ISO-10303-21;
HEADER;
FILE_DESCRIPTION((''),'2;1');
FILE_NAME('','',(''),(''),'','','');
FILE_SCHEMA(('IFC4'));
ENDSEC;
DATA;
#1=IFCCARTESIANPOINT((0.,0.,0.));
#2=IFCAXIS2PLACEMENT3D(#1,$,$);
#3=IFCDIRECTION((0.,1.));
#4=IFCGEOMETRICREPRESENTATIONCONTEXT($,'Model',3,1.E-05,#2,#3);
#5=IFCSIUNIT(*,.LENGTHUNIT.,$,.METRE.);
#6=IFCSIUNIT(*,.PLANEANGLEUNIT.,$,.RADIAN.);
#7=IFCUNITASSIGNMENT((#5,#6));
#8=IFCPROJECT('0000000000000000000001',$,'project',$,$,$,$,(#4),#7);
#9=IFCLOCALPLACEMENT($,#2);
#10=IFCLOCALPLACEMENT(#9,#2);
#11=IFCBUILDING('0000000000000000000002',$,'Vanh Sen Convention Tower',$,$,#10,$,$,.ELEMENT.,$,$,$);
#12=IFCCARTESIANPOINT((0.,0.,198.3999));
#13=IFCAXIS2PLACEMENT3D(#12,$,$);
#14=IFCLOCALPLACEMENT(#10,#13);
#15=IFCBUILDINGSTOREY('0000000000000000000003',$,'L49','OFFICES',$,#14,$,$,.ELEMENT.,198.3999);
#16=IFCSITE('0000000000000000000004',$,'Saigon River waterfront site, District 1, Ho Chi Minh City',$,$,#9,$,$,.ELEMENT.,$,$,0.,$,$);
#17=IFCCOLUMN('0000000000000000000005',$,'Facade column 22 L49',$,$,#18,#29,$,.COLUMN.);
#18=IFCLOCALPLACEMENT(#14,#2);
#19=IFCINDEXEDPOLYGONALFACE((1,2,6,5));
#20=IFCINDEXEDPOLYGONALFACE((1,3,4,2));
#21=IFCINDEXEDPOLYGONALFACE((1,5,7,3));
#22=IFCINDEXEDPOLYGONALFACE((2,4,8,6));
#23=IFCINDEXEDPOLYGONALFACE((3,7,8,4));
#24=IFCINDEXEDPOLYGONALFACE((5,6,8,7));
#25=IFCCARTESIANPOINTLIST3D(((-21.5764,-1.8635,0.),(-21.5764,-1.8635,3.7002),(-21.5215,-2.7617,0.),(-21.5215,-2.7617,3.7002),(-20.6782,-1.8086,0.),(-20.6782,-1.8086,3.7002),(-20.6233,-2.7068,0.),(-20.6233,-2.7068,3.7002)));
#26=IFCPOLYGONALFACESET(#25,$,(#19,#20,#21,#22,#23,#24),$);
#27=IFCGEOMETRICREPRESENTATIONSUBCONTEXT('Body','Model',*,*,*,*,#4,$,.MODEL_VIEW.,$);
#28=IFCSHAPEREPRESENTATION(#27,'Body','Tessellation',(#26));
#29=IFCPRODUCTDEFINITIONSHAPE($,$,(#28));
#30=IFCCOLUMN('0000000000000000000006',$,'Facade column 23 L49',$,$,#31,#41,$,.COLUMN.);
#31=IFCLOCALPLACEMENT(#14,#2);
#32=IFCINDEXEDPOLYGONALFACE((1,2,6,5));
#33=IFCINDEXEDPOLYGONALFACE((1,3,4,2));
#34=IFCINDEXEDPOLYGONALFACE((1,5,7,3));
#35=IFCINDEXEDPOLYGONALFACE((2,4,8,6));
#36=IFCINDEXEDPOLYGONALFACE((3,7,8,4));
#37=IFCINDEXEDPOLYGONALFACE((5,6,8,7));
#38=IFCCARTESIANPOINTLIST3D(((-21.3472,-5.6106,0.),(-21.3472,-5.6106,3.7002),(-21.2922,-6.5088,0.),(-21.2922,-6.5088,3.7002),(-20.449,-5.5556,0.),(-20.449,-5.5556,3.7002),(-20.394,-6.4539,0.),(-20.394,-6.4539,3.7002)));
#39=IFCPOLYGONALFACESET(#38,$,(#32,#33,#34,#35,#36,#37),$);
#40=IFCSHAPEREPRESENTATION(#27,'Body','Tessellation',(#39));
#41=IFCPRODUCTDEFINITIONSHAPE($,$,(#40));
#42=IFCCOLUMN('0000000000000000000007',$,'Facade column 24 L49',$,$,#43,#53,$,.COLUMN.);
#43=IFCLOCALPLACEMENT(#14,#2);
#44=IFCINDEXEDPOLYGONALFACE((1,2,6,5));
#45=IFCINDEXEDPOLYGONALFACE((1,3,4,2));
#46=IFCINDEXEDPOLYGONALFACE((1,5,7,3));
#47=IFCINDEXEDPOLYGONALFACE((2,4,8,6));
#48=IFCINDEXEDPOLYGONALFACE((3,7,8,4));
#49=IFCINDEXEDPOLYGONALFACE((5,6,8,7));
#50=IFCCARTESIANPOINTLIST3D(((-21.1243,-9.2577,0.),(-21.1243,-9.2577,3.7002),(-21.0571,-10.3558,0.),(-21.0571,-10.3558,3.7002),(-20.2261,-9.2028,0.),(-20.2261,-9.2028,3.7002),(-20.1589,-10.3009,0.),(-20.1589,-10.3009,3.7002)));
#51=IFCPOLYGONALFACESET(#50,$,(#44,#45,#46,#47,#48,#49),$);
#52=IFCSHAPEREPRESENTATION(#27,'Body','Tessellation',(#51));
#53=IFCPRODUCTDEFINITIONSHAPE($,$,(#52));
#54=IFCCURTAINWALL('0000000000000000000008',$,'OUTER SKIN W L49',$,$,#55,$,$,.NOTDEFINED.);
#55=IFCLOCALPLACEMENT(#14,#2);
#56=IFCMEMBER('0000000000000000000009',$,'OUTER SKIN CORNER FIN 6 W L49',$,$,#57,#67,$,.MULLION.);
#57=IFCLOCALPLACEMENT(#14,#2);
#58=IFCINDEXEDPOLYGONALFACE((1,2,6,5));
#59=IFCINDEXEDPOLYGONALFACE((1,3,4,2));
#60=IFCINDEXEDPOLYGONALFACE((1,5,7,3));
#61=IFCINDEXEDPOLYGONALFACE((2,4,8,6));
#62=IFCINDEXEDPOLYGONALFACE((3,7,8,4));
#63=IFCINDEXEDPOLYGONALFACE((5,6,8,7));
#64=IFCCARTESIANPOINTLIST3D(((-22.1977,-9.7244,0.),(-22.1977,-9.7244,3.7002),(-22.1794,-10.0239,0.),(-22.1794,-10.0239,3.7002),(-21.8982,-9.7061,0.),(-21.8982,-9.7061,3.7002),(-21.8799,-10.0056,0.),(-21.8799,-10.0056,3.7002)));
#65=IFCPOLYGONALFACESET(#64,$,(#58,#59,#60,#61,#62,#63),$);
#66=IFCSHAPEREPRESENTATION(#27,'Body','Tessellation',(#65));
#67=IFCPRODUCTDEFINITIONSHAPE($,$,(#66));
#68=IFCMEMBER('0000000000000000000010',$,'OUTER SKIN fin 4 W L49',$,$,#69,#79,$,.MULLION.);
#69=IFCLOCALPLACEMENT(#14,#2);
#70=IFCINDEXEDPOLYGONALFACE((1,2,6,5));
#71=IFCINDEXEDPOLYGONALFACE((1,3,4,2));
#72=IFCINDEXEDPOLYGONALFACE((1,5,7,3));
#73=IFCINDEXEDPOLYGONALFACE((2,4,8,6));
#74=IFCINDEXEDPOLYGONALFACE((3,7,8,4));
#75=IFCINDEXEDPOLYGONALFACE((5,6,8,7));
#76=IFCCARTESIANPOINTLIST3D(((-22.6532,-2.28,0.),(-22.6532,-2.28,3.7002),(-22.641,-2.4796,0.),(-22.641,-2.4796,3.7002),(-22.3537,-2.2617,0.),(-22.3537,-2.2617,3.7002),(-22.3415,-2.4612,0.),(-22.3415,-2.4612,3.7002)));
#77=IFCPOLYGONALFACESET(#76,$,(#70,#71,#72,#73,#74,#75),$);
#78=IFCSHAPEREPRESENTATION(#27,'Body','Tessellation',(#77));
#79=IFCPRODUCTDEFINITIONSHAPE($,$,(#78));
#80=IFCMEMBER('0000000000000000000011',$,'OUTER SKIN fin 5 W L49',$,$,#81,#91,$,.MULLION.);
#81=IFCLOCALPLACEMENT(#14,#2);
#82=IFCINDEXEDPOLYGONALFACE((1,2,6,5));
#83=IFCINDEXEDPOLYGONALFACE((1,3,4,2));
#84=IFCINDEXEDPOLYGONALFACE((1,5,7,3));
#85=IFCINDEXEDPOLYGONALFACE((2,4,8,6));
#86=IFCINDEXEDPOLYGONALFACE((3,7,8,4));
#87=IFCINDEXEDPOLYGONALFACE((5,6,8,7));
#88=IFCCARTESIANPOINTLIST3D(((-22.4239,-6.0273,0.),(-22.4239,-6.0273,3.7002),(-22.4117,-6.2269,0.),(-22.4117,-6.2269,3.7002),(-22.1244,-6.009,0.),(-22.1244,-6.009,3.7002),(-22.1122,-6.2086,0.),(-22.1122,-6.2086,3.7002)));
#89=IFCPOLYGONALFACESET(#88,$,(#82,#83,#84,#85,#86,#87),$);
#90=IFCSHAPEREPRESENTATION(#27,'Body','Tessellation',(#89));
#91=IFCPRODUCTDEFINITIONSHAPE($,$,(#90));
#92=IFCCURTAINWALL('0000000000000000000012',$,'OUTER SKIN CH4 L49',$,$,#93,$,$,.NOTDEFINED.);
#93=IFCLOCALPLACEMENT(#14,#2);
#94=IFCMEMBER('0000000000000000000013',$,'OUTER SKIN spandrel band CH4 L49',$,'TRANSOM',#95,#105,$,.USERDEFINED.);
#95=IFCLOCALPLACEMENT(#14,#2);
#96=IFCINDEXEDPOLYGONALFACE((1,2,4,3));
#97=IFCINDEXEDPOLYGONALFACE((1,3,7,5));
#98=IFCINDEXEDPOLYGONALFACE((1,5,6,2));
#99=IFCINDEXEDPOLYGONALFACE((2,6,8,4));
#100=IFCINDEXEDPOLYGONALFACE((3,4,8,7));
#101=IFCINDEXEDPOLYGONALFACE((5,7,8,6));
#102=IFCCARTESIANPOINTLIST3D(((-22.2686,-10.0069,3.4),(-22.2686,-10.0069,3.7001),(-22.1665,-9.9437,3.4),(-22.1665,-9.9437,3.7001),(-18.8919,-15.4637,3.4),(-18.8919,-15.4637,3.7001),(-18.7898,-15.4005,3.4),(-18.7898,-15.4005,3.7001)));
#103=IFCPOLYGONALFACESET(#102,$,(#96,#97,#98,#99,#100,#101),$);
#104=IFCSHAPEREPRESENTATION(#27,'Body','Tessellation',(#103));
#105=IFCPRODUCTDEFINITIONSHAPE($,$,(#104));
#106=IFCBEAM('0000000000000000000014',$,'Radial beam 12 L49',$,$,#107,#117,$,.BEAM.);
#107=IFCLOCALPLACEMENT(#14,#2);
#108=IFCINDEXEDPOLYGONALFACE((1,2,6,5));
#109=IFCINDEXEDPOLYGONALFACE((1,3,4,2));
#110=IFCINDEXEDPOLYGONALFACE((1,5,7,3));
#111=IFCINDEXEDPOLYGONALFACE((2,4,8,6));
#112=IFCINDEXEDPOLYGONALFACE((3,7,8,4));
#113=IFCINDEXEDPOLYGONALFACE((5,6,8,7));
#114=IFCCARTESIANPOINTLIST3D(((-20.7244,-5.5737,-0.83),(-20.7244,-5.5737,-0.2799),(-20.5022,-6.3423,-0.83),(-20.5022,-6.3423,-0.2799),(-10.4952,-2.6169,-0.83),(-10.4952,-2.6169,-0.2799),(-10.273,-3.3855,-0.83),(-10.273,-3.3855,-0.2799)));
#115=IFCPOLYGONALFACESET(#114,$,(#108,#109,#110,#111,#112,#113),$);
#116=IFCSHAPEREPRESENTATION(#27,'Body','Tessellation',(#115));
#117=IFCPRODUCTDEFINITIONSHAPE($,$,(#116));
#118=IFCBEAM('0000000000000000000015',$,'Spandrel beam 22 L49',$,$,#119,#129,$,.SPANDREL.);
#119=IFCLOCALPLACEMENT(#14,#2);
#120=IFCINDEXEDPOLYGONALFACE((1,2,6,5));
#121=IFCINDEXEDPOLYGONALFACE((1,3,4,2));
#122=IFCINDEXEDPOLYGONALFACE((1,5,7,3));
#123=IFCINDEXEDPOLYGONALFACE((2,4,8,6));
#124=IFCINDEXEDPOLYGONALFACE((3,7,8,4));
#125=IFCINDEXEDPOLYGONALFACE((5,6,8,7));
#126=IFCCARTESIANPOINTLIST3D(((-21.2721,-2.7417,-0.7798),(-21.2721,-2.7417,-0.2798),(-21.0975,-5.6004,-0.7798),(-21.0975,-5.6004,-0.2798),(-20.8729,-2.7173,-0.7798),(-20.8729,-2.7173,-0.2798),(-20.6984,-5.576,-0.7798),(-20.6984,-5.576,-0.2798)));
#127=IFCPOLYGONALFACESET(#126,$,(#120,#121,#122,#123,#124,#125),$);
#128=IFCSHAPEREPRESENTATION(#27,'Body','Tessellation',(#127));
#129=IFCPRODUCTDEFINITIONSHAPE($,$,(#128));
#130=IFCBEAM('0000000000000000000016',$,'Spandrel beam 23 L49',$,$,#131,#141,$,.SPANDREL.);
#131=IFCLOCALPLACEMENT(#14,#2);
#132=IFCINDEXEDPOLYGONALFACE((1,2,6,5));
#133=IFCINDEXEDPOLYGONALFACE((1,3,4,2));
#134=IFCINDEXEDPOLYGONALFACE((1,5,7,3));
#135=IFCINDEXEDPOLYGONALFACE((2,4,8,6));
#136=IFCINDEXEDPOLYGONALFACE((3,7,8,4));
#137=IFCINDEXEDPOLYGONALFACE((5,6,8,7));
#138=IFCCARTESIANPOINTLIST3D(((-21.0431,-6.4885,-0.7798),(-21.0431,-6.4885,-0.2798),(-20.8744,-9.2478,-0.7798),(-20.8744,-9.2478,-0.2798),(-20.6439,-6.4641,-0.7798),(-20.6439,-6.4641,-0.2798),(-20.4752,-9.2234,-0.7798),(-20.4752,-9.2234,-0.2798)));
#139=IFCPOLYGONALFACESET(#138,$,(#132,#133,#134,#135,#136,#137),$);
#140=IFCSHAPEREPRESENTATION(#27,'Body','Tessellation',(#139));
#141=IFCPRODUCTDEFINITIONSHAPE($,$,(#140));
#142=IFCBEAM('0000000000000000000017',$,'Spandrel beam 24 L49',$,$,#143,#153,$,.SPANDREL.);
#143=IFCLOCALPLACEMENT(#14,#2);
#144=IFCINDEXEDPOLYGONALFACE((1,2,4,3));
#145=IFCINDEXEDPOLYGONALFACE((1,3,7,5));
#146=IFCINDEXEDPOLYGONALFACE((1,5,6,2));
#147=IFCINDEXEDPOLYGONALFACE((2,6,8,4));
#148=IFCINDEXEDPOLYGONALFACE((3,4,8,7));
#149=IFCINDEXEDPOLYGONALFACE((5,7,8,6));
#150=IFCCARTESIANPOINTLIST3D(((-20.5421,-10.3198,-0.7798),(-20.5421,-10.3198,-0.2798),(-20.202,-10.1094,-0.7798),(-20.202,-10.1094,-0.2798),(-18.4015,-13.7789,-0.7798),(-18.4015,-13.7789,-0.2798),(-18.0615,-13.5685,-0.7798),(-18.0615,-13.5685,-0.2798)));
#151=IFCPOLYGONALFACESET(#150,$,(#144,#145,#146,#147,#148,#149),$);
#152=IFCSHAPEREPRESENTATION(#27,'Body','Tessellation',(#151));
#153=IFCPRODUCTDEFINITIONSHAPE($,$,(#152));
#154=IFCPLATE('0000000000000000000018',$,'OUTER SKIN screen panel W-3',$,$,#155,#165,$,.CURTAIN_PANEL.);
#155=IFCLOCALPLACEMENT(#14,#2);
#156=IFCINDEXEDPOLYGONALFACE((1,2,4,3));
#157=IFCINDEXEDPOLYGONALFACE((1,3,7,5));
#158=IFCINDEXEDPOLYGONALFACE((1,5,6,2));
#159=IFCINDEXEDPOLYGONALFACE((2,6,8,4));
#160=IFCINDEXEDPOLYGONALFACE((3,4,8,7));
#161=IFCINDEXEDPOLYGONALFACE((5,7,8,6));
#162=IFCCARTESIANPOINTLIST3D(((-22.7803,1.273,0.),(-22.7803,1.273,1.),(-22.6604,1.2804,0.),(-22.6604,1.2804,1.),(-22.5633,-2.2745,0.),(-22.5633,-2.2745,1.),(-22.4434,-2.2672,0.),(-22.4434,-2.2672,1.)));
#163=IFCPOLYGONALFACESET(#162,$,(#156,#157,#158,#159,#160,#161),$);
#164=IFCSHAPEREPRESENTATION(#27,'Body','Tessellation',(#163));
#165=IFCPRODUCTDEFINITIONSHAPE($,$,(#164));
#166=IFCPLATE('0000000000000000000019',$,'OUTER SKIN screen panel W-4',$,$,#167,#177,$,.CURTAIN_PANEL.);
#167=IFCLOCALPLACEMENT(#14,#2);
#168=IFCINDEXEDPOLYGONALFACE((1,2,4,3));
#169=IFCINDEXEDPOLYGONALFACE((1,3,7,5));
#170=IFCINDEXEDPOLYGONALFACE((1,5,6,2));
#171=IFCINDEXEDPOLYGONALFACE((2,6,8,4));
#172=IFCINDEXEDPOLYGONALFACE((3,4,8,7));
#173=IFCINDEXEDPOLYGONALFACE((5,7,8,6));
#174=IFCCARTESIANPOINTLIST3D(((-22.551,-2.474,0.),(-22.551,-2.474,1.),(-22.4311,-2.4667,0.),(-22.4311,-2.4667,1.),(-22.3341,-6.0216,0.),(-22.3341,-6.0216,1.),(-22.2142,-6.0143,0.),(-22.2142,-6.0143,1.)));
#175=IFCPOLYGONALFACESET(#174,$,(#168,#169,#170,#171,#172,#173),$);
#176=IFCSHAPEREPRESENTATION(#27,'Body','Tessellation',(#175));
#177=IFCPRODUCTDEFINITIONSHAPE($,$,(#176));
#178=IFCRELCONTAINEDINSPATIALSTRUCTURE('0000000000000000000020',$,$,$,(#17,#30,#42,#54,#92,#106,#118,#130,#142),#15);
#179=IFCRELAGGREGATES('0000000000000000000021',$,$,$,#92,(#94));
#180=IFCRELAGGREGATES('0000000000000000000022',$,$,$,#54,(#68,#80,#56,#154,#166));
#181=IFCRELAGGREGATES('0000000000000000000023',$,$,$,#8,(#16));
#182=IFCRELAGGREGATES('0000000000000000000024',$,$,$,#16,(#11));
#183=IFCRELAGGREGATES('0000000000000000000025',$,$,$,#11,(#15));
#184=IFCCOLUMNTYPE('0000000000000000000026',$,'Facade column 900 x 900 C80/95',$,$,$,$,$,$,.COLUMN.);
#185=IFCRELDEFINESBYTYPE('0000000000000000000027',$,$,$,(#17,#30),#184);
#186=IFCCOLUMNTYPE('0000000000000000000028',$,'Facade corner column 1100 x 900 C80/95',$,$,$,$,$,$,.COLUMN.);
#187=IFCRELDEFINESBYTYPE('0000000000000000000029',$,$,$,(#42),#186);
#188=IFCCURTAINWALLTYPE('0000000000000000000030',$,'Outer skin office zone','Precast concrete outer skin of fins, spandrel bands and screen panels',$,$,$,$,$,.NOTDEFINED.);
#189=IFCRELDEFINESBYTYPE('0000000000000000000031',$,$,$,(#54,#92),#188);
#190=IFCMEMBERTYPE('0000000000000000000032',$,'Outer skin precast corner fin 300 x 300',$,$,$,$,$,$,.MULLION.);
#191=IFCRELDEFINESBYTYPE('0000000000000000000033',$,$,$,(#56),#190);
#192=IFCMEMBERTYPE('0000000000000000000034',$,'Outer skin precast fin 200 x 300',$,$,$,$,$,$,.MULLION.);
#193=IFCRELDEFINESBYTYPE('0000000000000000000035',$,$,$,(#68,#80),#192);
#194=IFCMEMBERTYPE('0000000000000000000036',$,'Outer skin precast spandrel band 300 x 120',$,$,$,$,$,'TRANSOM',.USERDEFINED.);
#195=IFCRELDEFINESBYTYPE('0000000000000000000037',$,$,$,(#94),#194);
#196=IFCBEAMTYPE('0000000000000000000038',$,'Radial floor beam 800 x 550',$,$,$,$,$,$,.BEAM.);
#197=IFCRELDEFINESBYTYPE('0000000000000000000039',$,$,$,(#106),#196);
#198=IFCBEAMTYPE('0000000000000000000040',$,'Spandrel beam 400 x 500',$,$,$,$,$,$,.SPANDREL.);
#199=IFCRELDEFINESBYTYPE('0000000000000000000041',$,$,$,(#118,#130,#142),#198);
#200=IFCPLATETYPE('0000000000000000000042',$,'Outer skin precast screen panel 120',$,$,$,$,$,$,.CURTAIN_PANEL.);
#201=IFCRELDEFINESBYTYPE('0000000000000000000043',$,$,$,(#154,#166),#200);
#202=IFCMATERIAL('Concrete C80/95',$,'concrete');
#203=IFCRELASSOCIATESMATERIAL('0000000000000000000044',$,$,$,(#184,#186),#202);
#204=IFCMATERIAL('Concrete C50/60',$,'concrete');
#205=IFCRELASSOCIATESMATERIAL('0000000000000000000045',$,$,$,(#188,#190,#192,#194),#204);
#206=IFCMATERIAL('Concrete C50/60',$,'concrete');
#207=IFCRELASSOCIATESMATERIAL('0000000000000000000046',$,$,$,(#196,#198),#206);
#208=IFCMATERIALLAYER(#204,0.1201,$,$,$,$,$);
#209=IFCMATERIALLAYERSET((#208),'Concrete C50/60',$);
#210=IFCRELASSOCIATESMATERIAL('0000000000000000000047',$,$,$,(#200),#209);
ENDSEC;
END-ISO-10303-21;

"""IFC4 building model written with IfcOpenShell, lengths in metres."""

from ifc_helpers import new_model, si_unit, direction, frame, origin, origin_2d, place, context, subcontext, project, spatial, rectangle, extrude, material, layer, layer_set, material_profile, profile_set, type_object, element, aggregate, save


model = new_model("IFC4")

# Units and contexts
model_context = context("Model", 3, precision=1e-05, world=origin(), true_north=direction((0.0, 1.0)))
body_context = subcontext(model_context, "Body", "Model", "MODEL_VIEW")
ifc_project = project(units=[si_unit("LENGTHUNIT", "METRE"), si_unit("PLANEANGLEUNIT", "RADIAN")], contexts=[model_context])

# Site, building, storey
site_placement = place(None, origin())
site = spatial("IfcSite", under=ifc_project, at=site_placement, Name="Saigon River waterfront site, District 1, Ho Chi Minh City", CompositionType="ELEMENT", RefElevation=0.0)
building_placement = place(site_placement, origin())
building = spatial("IfcBuilding", under=site, at=building_placement, Name="Vanh Sen Convention Tower", CompositionType="ELEMENT")
storey_placement = place(building_placement, frame((0.0, 0.0, 198.3999)))
storey = spatial("IfcBuildingStorey", under=building, at=storey_placement, Name="L49", Description="OFFICES", CompositionType="ELEMENT", Elevation=198.3999)

# Columns
ifc_material_1 = material(Name="Concrete C80/95", Category="concrete")
ifc_material_profile_1 = material_profile(ifc_material_1, rectangle(XDim=0.8999, YDim=0.8999, at=origin_2d()), Name="RC 900X900")
ifc_profile_set_1 = profile_set([ifc_material_profile_1], Name="Concrete C80/95")
column_type_1 = type_object("IfcColumnType", Name="Facade column 900 x 900 C80/95", PredefinedType="COLUMN", material=ifc_profile_set_1)
for number, where, z_axis, x_axis, name in (
    (1, (-21.0999, -2.2852, 0.0), (0.0, 0.0, 1.0), (0.061049, -0.998135, 0.0), "Facade column 22 L49"),
    (2, (-20.8706, -6.0322, 0.0), (0.0, 0.0, 1.0), (0.061049, -0.998135, 0.0), "Facade column 23 L49"),
):
    element("IfcColumn", number, at=place(storey_placement, frame(where, z_axis=z_axis, x_axis=x_axis)), inside=storey, type_object=column_type_1, Name=name, PredefinedType="COLUMN", context=body_context, shape_type="SweptSolid", body=[
        extrude(rectangle(XDim=0.8999, YDim=0.8999, at=origin_2d()), origin(), (0.0, 0.0, 1.0), 3.7002),
    ])
ifc_material_profile_2 = material_profile(ifc_material_1, rectangle(XDim=1.1001, YDim=0.8999, at=origin_2d()), Name="RC 1100X900")
ifc_profile_set_2 = profile_set([ifc_material_profile_2], Name="Concrete C80/95")
column_type_2 = type_object("IfcColumnType", Name="Facade corner column 1100 x 900 C80/95", PredefinedType="COLUMN", material=ifc_profile_set_2)
column_placement = place(storey_placement, frame((-20.6416, -9.7793, 0.0), z_axis=(0.0, 0.0, 1.0), x_axis=(0.061049, -0.998135, 0.0)))
element("IfcColumn", 3, at=column_placement, inside=storey, type_object=column_type_2, Name="Facade column 24 L49", PredefinedType="COLUMN", context=body_context, shape_type="SweptSolid", body=[
    extrude(rectangle(XDim=1.1001, YDim=0.8999, at=origin_2d()), origin(), (0.0, 0.0, 1.0), 3.7002),
])

# Curtain wall, members
ifc_material_2 = material(Name="Concrete C50/60", Category="concrete")
curtain_wall_type = type_object("IfcCurtainWallType", Name="Outer skin office zone", Description="Precast concrete outer skin of fins, spandrel bands and screen panels", PredefinedType="NOTDEFINED", material=ifc_material_2)
curtain_wall_1_placement = place(storey_placement, origin())
curtain_wall_1 = element("IfcCurtainWall", 4, at=curtain_wall_1_placement, inside=storey, type_object=curtain_wall_type, Name="OUTER SKIN W L49", PredefinedType="NOTDEFINED")
ifc_material_profile_3 = material_profile(ifc_material_2, rectangle(XDim=0.3, YDim=0.3, at=origin_2d()), Name="Outer skin precast corner fin 300 x 300")
ifc_profile_set_3 = profile_set([ifc_material_profile_3], Name="Concrete C50/60")
member_type_1 = type_object("IfcMemberType", Name="Outer skin precast corner fin 300 x 300", PredefinedType="MULLION", material=ifc_profile_set_3)
member_1_placement = place(storey_placement, frame((-22.0388, -9.865, 0.0), z_axis=(0.0, 0.0, 1.0), x_axis=(0.061049, -0.998135, 0.0)))
member_1 = element("IfcMember", 5, at=member_1_placement, type_object=member_type_1, Name="OUTER SKIN CORNER FIN 6 W L49", PredefinedType="MULLION", context=body_context, shape_type="SweptSolid", body=[
    extrude(rectangle(XDim=0.3, YDim=0.3, at=origin_2d()), origin(), (0.0, 0.0, 1.0), 3.7002),
])
ifc_material_profile_4 = material_profile(ifc_material_2, rectangle(XDim=0.2, YDim=0.3, at=origin_2d()), Name="Outer skin precast fin 200 x 300")
ifc_profile_set_4 = profile_set([ifc_material_profile_4], Name="Concrete C50/60")
member_type_2 = type_object("IfcMemberType", Name="Outer skin precast fin 200 x 300", PredefinedType="MULLION", material=ifc_profile_set_4)
member_2_placement = place(storey_placement, frame((-22.4973, -2.3706, 0.0), z_axis=(0.0, 0.0, 1.0), x_axis=(0.061049, -0.998135, 0.0)))
member_2 = element("IfcMember", 6, at=member_2_placement, type_object=member_type_2, Name="OUTER SKIN fin 4 W L49", PredefinedType="MULLION", context=body_context, shape_type="SweptSolid", body=[
    extrude(rectangle(XDim=0.2, YDim=0.3, at=origin_2d()), origin(), (0.0, 0.0, 1.0), 3.7002),
])
member_3_placement = place(storey_placement, frame((-22.2681, -6.1179, 0.0), z_axis=(0.0, 0.0, 1.0), x_axis=(0.061049, -0.998135, 0.0)))
member_3 = element("IfcMember", 7, at=member_3_placement, type_object=member_type_2, Name="OUTER SKIN fin 5 W L49", PredefinedType="MULLION", context=body_context, shape_type="SweptSolid", body=[
    extrude(rectangle(XDim=0.2, YDim=0.3, at=origin_2d()), origin(), (0.0, 0.0, 1.0), 3.7002),
])

# Curtain wall, member
curtain_wall_2_placement = place(storey_placement, origin())
curtain_wall_2 = element("IfcCurtainWall", 8, at=curtain_wall_2_placement, inside=storey, type_object=curtain_wall_type, Name="OUTER SKIN CH4 L49", PredefinedType="NOTDEFINED")
ifc_material_profile_5 = material_profile(ifc_material_2, rectangle(XDim=0.1201, YDim=0.3, at=origin_2d()), Name="Outer skin precast spandrel band 300 x 120")
ifc_profile_set_5 = profile_set([ifc_material_profile_5], Name="Concrete C50/60")
member_type_3 = type_object("IfcMemberType", Name="Outer skin precast spandrel band 300 x 120", ElementType="TRANSOM", PredefinedType="USERDEFINED", material=ifc_profile_set_5)
member_4_placement = place(storey_placement, frame((-22.2175, -9.9753, 3.55), z_axis=(0.526208, -0.850356, 0.0), x_axis=(0.850356, 0.526208, 0.0)))
member_4 = element("IfcMember", 9, at=member_4_placement, type_object=member_type_3, Name="OUTER SKIN spandrel band CH4 L49", ObjectType="TRANSOM", PredefinedType="USERDEFINED", context=body_context, shape_type="SweptSolid", body=[
    extrude(rectangle(XDim=0.1201, YDim=0.3, at=origin_2d()), origin(), (0.0, 0.0, 1.0), 6.417),
])
aggregate(curtain_wall_2, [member_4])

# Beams
ifc_material_3 = material(Name="Concrete C50/60", Category="concrete")
ifc_material_profile_6 = material_profile(ifc_material_3, rectangle(XDim=0.8, YDim=0.55, at=origin_2d()), Name="RC 800X550")
ifc_profile_set_6 = profile_set([ifc_material_profile_6], Name="Concrete C50/60")
beam_type_1 = type_object("IfcBeamType", Name="Radial floor beam 800 x 550", PredefinedType="BEAM", material=ifc_profile_set_6)
beam_1_placement = place(storey_placement, frame((-20.6133, -5.958, -0.5549), z_axis=(0.960672, 0.277684, 0.0), x_axis=(-0.277684, 0.960672, 0.0)))
element("IfcBeam", 10, at=beam_1_placement, inside=storey, type_object=beam_type_1, Name="Radial beam 12 L49", PredefinedType="BEAM", context=body_context, shape_type="SweptSolid", body=[
    extrude(rectangle(XDim=0.8, YDim=0.55, at=origin_2d()), origin(), (0.0, 0.0, 1.0), 10.6479),
])
ifc_material_profile_7 = material_profile(ifc_material_3, rectangle(XDim=0.3999, YDim=0.5, at=origin_2d()), Name="RC 400X500")
ifc_profile_set_7 = profile_set([ifc_material_profile_7], Name="Concrete C50/60")
beam_type_2 = type_object("IfcBeamType", Name="Spandrel beam 400 x 500", PredefinedType="SPANDREL", material=ifc_profile_set_7)
beam_2_placement = place(storey_placement, frame((-21.0725, -2.7295, -0.5298), z_axis=(0.060951, -0.998141, 0.0), x_axis=(0.998141, 0.060951, 0.0)))
element("IfcBeam", 11, at=beam_2_placement, inside=storey, type_object=beam_type_2, Name="Spandrel beam 22 L49", PredefinedType="SPANDREL", context=body_context, shape_type="SweptSolid", body=[
    extrude(rectangle(XDim=0.3999, YDim=0.5, at=origin_2d()), origin(), (0.0, 0.0, 1.0), 2.864),
])
beam_3_placement = place(storey_placement, frame((-20.8435, -6.4763, -0.5298), z_axis=(0.061026, -0.998136, 0.0), x_axis=(0.998136, 0.061026, 0.0)))
element("IfcBeam", 12, at=beam_3_placement, inside=storey, type_object=beam_type_2, Name="Spandrel beam 23 L49", PredefinedType="SPANDREL", context=body_context, shape_type="SweptSolid", body=[
    extrude(rectangle(XDim=0.3999, YDim=0.5, at=origin_2d()), origin(), (0.0, 0.0, 1.0), 2.7644),
])
beam_4_placement = place(storey_placement, frame((-20.3721, -10.2146, -0.5298), z_axis=(0.526212, -0.850353, 0.0), x_axis=(0.850353, 0.526212, 0.0)))
element("IfcBeam", 13, at=beam_4_placement, inside=storey, type_object=beam_type_2, Name="Spandrel beam 24 L49", PredefinedType="SPANDREL", context=body_context, shape_type="SweptSolid", body=[
    extrude(rectangle(XDim=0.3999, YDim=0.5, at=origin_2d()), origin(), (0.0, 0.0, 1.0), 4.0679),
])

# Plates
ifc_layer_1 = layer(ifc_material_2, 0.1201)
ifc_layer_set_1 = layer_set([ifc_layer_1], Name="Concrete C50/60")
plate_type = type_object("IfcPlateType", Name="Outer skin precast screen panel 120", PredefinedType="CURTAIN_PANEL", material=ifc_layer_set_1)
plate_1_placement = place(storey_placement, frame((-22.6118, -0.4971, 0.0), z_axis=(0.0, 0.0, 1.0), x_axis=(0.061054, -0.998134, 0.0)))
plate_1 = element("IfcPlate", 14, at=plate_1_placement, type_object=plate_type, Name="OUTER SKIN screen panel W-3", PredefinedType="CURTAIN_PANEL", context=body_context, shape_type="SweptSolid", body=[
    extrude(rectangle(XDim=3.5542, YDim=0.1201, at=origin_2d()), origin(), (0.0, 0.0, 1.0), 1.0),
])
plate_2_placement = place(storey_placement, frame((-22.3826, -4.2441, 0.0), z_axis=(0.0, 0.0, 1.0), x_axis=(0.061026, -0.998136, 0.0)))
plate_2 = element("IfcPlate", 15, at=plate_2_placement, type_object=plate_type, Name="OUTER SKIN screen panel W-4", PredefinedType="CURTAIN_PANEL", context=body_context, shape_type="SweptSolid", body=[
    extrude(rectangle(XDim=3.5542, YDim=0.1201, at=origin_2d()), origin(), (0.0, 0.0, 1.0), 1.0),
])
aggregate(curtain_wall_1, [member_2, member_3, member_1, plate_1, plate_2])

save(model, "model.ifc")
